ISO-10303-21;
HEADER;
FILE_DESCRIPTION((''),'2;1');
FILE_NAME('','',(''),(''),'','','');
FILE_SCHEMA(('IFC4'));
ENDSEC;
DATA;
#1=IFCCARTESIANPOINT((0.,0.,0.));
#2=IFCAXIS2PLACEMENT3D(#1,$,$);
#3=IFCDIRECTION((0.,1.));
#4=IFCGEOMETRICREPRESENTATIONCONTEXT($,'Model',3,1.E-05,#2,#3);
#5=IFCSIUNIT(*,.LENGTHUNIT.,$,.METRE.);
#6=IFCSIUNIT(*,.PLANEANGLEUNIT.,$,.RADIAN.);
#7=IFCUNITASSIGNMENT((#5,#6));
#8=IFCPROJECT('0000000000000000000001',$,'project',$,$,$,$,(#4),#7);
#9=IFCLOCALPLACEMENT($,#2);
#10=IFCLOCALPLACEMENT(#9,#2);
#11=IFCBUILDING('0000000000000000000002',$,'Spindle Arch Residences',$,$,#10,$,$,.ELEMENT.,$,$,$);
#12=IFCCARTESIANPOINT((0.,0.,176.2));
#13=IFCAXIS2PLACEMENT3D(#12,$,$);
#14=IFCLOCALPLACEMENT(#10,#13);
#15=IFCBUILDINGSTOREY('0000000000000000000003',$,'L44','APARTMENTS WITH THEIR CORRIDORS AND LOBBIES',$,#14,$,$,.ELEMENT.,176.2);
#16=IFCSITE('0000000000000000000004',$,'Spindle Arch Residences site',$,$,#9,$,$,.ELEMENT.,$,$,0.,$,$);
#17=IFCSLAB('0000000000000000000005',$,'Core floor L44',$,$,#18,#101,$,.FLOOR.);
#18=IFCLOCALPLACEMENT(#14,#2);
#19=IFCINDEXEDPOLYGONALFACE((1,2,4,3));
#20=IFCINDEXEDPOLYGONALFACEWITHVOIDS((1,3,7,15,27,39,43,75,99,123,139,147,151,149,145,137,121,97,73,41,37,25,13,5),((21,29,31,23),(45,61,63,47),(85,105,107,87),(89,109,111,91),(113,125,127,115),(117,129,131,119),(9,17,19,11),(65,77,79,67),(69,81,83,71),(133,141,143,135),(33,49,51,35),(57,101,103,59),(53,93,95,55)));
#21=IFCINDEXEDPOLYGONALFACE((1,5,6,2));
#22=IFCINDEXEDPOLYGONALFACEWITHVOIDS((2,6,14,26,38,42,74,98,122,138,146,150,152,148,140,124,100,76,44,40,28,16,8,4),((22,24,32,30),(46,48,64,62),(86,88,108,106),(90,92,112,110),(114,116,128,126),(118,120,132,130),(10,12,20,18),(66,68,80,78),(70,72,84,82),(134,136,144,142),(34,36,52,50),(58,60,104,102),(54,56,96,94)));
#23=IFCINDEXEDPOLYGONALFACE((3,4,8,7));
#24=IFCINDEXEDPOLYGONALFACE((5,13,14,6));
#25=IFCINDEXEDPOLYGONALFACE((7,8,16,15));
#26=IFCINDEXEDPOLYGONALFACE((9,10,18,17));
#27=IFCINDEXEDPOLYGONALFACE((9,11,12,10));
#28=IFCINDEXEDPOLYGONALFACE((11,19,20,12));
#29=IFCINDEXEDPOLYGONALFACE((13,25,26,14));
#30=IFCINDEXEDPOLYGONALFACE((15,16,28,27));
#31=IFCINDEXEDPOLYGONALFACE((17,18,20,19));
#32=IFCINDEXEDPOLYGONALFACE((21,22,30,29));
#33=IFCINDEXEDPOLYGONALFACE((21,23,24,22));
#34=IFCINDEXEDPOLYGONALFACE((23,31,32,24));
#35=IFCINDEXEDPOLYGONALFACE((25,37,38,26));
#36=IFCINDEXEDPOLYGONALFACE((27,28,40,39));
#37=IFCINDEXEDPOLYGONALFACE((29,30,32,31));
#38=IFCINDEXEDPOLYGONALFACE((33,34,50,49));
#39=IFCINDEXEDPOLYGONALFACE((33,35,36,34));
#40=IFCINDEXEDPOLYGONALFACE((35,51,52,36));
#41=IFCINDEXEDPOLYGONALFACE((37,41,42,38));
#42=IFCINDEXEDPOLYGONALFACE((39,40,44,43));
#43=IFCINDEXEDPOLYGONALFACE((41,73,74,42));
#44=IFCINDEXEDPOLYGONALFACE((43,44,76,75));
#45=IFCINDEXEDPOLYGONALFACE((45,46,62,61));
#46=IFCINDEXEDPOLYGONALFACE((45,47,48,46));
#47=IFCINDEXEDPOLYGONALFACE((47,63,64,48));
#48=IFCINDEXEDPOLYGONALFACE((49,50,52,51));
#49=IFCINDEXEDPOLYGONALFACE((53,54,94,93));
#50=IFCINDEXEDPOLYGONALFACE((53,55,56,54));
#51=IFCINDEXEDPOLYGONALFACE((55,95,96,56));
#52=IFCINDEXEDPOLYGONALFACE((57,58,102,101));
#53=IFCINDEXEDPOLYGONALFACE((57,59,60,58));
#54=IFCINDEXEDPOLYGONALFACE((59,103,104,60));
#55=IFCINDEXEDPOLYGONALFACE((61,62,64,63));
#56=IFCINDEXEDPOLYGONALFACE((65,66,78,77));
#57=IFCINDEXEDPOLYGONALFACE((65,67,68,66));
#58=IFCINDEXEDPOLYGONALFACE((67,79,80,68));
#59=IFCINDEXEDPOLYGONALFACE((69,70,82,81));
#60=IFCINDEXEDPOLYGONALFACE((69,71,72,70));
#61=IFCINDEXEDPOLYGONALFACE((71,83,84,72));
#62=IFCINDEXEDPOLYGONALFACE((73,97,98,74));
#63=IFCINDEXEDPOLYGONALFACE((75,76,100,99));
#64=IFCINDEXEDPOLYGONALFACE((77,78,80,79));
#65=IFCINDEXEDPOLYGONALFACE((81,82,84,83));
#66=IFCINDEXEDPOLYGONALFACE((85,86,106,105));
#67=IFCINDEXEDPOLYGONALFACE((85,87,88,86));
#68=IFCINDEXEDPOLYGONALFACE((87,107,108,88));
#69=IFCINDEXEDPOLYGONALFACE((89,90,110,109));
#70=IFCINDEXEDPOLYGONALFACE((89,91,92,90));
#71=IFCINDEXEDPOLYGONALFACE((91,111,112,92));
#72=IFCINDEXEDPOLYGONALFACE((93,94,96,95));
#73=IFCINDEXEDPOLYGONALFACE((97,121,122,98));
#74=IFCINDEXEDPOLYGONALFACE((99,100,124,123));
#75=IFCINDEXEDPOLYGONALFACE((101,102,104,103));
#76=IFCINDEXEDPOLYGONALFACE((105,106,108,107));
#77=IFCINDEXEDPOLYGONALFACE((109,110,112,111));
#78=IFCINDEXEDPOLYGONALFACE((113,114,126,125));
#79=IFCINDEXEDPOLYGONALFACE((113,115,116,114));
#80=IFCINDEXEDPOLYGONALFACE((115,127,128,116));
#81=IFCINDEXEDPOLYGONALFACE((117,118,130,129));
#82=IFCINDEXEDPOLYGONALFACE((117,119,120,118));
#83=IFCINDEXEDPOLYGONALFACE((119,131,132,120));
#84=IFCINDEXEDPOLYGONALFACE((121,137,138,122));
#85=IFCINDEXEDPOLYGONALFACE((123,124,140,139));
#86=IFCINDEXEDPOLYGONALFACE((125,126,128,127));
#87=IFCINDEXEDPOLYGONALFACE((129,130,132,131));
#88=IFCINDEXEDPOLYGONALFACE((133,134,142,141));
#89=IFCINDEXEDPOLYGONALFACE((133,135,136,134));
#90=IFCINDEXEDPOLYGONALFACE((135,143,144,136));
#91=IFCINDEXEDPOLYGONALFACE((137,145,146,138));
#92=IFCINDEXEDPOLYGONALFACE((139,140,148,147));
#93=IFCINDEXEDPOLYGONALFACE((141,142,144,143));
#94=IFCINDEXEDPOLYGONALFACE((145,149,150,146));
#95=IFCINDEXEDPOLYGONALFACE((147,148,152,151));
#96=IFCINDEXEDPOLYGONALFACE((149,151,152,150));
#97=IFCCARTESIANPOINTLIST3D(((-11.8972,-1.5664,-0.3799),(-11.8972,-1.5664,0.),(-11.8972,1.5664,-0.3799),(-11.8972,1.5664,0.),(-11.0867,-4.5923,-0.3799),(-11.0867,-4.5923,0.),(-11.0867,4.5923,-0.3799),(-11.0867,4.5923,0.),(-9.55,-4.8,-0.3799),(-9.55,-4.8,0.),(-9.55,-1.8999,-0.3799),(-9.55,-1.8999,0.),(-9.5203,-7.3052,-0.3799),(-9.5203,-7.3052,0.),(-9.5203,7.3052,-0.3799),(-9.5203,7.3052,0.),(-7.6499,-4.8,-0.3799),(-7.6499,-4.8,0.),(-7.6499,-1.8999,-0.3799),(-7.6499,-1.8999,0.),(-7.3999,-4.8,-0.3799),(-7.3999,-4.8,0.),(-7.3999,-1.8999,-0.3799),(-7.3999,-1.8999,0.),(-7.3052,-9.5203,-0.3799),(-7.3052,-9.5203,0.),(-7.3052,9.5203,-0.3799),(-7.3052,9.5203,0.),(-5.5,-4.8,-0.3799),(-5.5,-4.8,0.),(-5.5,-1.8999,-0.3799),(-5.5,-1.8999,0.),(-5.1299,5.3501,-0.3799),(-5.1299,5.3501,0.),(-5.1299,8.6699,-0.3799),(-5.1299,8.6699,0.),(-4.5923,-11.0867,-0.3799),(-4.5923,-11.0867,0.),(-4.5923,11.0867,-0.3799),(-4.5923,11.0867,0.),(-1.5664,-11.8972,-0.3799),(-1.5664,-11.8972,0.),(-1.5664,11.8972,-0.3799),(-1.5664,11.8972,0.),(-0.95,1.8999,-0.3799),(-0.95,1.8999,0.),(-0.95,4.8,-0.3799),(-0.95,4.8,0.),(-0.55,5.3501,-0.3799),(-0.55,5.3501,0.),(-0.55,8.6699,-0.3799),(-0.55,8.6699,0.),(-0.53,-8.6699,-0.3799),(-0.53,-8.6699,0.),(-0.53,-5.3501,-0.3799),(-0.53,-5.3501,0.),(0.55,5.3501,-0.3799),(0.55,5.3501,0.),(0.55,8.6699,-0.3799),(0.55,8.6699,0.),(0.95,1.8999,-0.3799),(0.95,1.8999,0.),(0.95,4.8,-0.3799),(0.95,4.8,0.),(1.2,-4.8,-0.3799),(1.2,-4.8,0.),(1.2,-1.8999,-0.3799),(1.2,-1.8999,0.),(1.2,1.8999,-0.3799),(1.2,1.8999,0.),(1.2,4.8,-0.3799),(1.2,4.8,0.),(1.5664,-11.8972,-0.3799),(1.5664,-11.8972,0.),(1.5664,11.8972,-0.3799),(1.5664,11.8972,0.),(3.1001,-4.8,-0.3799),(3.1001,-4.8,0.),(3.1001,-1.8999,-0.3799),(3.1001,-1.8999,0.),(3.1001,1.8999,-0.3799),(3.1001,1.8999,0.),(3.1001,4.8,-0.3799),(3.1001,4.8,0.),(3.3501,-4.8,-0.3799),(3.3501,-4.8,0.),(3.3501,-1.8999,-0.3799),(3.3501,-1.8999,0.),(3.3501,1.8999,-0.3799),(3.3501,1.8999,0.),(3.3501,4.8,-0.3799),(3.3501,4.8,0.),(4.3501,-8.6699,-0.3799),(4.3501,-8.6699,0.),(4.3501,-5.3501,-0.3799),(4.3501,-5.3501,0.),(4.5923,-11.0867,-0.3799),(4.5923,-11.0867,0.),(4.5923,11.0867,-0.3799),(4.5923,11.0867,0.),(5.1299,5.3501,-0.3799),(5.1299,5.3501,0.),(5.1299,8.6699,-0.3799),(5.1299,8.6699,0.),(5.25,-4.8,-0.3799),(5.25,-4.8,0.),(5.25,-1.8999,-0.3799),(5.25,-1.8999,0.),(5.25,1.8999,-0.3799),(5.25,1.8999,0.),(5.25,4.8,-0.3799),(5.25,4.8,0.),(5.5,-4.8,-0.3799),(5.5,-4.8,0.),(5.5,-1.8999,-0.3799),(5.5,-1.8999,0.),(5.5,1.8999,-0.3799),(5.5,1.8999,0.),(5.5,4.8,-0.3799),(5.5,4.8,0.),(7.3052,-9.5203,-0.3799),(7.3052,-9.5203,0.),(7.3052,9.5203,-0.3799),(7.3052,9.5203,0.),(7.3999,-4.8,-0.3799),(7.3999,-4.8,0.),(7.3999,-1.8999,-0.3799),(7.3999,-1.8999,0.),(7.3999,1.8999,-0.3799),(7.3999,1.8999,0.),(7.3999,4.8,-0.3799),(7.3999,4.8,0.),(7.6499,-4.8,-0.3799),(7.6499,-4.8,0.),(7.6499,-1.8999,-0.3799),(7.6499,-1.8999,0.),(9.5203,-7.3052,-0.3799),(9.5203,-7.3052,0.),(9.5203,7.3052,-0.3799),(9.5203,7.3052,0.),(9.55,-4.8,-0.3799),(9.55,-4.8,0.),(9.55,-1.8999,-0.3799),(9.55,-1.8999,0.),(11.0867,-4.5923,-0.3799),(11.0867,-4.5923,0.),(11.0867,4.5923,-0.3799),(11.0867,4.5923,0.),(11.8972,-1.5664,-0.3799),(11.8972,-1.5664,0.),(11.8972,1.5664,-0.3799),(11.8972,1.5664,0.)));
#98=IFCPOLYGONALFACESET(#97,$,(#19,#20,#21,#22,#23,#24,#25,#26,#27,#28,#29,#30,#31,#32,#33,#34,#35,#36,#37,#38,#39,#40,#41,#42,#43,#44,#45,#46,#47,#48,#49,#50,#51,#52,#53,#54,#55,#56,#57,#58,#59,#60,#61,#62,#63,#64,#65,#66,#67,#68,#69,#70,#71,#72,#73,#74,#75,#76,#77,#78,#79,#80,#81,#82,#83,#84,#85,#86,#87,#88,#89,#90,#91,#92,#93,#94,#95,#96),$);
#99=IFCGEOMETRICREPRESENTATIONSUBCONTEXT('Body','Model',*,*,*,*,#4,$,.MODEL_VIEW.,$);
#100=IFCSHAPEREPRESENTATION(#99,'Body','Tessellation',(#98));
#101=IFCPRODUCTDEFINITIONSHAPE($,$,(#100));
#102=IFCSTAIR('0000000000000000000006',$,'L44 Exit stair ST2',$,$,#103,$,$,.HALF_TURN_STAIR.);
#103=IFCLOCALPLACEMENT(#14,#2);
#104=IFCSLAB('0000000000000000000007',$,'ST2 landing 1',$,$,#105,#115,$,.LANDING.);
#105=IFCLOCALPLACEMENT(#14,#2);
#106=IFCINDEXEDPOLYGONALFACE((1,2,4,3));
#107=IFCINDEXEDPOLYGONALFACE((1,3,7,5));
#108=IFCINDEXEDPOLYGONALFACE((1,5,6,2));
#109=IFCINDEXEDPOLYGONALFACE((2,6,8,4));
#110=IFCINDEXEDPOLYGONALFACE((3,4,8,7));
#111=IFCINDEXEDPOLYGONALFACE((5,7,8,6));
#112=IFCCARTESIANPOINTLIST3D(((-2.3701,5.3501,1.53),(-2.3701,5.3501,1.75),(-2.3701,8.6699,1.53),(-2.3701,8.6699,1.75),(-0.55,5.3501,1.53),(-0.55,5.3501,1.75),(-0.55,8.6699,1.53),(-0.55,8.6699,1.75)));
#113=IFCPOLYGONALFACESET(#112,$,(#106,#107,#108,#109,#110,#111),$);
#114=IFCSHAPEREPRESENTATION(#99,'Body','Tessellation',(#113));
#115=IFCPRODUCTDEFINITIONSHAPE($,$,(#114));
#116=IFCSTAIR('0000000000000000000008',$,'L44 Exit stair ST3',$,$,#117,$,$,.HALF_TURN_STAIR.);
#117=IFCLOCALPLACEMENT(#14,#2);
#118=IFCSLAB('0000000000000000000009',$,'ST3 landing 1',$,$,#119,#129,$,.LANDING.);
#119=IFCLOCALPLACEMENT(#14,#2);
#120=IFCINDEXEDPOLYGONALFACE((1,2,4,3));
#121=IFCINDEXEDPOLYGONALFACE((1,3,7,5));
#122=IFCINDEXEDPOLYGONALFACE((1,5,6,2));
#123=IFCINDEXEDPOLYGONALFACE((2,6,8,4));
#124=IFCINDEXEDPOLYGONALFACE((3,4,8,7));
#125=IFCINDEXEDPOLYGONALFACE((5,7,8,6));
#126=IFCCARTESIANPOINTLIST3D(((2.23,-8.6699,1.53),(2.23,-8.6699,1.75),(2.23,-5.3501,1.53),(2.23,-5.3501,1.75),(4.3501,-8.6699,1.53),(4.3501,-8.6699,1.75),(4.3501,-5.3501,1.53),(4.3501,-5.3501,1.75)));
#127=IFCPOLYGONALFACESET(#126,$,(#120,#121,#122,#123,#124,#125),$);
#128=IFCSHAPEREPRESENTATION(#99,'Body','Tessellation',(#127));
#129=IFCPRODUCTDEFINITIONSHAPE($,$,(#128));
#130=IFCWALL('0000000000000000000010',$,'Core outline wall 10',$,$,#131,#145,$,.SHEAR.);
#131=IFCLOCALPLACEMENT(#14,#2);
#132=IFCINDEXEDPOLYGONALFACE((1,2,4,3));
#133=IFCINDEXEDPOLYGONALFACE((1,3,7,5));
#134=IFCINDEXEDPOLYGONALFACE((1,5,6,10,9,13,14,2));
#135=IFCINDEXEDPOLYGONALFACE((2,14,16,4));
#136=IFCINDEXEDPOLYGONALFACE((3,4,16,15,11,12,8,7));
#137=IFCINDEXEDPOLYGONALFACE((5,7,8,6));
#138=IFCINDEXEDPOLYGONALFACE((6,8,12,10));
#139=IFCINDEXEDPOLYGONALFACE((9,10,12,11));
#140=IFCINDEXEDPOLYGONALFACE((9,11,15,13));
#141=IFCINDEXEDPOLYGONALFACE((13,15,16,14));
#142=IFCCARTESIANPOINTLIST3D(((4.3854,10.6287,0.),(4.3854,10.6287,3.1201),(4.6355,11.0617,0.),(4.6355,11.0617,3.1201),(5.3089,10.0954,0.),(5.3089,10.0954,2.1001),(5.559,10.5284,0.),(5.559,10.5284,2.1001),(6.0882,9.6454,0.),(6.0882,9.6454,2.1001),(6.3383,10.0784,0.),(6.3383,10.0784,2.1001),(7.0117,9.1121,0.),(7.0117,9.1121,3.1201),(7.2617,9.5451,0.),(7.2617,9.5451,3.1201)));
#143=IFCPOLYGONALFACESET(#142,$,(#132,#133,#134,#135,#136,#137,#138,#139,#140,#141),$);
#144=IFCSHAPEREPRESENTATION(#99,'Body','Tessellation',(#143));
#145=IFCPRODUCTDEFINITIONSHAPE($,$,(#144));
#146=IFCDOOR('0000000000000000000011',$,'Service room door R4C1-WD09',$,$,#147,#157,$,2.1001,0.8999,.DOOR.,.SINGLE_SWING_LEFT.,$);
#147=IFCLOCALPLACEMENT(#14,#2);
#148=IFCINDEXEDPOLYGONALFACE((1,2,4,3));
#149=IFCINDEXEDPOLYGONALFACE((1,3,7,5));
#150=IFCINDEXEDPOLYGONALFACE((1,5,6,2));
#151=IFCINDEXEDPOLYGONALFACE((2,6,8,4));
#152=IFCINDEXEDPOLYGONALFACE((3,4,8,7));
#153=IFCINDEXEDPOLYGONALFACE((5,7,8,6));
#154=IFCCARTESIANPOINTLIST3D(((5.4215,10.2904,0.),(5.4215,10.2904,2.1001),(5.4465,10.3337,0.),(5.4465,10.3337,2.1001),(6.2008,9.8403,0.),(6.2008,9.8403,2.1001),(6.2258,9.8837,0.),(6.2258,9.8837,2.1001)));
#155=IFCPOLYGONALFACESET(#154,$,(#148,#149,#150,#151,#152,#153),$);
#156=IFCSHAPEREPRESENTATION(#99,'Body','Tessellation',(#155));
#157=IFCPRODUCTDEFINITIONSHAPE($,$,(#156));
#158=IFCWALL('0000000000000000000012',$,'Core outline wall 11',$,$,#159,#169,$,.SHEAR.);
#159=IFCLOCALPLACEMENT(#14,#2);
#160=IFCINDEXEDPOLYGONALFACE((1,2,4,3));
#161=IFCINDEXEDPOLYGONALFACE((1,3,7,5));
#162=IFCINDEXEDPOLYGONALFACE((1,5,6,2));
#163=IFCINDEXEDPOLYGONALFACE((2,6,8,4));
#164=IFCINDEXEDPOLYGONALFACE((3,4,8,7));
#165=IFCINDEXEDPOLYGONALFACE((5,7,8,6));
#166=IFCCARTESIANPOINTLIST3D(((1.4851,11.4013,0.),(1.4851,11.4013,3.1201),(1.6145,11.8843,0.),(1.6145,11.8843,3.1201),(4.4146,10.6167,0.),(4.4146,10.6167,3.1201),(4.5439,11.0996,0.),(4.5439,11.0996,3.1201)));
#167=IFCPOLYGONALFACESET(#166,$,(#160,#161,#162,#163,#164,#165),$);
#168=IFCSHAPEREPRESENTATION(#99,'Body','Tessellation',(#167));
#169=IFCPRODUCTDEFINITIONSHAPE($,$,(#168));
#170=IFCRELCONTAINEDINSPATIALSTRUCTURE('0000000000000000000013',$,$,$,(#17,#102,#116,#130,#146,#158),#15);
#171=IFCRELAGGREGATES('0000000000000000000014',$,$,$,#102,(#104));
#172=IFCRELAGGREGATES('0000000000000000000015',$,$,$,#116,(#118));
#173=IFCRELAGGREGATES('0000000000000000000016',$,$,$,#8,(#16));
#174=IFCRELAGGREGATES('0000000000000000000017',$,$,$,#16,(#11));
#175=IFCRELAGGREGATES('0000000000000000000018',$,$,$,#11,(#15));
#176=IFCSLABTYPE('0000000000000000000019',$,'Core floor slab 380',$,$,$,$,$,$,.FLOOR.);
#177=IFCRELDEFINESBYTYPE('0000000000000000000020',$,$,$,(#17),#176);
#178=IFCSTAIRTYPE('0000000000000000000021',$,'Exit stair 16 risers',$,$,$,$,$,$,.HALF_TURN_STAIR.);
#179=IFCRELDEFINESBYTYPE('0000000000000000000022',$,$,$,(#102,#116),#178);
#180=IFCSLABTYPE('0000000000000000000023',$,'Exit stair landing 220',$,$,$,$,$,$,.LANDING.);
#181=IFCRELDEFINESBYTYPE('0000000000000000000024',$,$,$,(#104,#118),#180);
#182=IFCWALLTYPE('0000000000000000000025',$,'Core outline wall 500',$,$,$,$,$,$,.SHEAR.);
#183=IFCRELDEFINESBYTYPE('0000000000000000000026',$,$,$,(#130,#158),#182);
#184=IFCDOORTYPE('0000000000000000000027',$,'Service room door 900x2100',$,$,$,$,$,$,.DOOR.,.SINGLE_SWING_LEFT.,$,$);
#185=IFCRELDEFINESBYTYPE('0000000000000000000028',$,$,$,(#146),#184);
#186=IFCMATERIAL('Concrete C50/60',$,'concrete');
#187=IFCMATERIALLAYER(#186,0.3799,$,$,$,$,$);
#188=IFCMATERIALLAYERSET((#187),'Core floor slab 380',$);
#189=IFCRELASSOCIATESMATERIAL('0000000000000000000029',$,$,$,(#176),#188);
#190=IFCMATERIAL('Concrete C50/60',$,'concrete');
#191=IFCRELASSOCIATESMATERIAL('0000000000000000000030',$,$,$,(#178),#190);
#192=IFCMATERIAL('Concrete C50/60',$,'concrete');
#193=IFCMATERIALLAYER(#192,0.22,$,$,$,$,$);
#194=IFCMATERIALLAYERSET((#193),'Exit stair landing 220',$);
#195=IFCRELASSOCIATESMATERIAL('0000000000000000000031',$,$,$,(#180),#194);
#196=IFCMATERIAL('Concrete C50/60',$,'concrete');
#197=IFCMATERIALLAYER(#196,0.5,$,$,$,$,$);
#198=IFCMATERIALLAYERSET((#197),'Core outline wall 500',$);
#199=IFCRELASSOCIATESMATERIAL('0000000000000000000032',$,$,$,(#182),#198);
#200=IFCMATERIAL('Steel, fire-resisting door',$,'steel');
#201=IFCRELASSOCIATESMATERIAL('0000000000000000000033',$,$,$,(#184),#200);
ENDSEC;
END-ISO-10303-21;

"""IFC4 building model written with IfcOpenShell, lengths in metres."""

from ifc_helpers import new_model, si_unit, direction, frame, frame_2d, origin, place, context, subcontext, project, spatial, polyline, rectangle, outline, extrude, material, layer, layer_set, type_object, element, fill, aggregate, save


model = new_model("IFC4")

# Units and contexts
model_context = context("Model", 3, precision=1e-05, world=origin(), true_north=direction((0.0, 1.0)))
body_context = subcontext(model_context, "Body", "Model", "MODEL_VIEW")
ifc_project = project(units=[si_unit("LENGTHUNIT", "METRE"), si_unit("PLANEANGLEUNIT", "RADIAN")], contexts=[model_context])

# Site, building, storey
site_placement = place(None, origin())
site = spatial("IfcSite", under=ifc_project, at=site_placement, Name="Spindle Arch Residences site", CompositionType="ELEMENT", RefElevation=0.0)
building_placement = place(site_placement, origin())
building = spatial("IfcBuilding", under=site, at=building_placement, Name="Spindle Arch Residences", CompositionType="ELEMENT")
storey_placement = place(building_placement, frame((0.0, 0.0, 176.2)))
storey = spatial("IfcBuildingStorey", under=building, at=storey_placement, Name="L44", Description="APARTMENTS WITH THEIR CORRIDORS AND LOBBIES", CompositionType="ELEMENT", Elevation=176.2)

# Slab
ifc_material_1 = material(Name="Concrete C50/60", Category="concrete")
ifc_layer_1 = layer(ifc_material_1, 0.3799)
ifc_layer_set_1 = layer_set([ifc_layer_1], Name="Core floor slab 380")
slab_type_1 = type_object("IfcSlabType", Name="Core floor slab 380", PredefinedType="FLOOR", material=ifc_layer_set_1)
slab_1_placement = place(storey_placement, frame((0.0, 0.0, -0.3799)))
element("IfcSlab", 1, at=slab_1_placement, inside=storey, type_object=slab_type_1, Name="Core floor L44", PredefinedType="FLOOR", context=body_context, shape_type="SweptSolid", body=[
    extrude(outline(polyline([(1.5664, -11.8972), (4.5923, -11.0867), (7.3052, -9.5203), (9.5203, -7.3052), (11.0867, -4.5923), (11.8972, -1.5664), (11.8972, 1.5664), (11.0867, 4.5923), (9.5203, 7.3052), (7.3052, 9.5203), (4.5923, 11.0867), (1.5664, 11.8972), (-1.5664, 11.8972), (-4.5923, 11.0867), (-7.3052, 9.5203), (-9.5203, 7.3052), (-11.0867, 4.5923), (-11.8972, 1.5664), (-11.8972, -1.5664), (-11.0867, -4.5923), (-9.5203, -7.3052), (-7.3052, -9.5203), (-4.5923, -11.0867), (-1.5664, -11.8972), (1.5664, -11.8972)]), holes=[polyline([(-0.95, 1.8999), (0.95, 1.8999), (0.95, 4.8), (-0.95, 4.8), (-0.95, 1.8999)]), polyline([(1.2, 1.8999), (3.1001, 1.8999), (3.1001, 4.8), (1.2, 4.8), (1.2, 1.8999)]), polyline([(3.3501, 1.8999), (5.25, 1.8999), (5.25, 4.8), (3.3501, 4.8), (3.3501, 1.8999)]), polyline([(5.5, 1.8999), (7.3999, 1.8999), (7.3999, 4.8), (5.5, 4.8), (5.5, 1.8999)]), polyline([(-9.55, -4.8), (-7.6499, -4.8), (-7.6499, -1.8999), (-9.55, -1.8999), (-9.55, -4.8)]), polyline([(-7.3999, -4.8), (-5.5, -4.8), (-5.5, -1.8999), (-7.3999, -1.8999), (-7.3999, -4.8)]), polyline([(1.2, -4.8), (3.1001, -4.8), (3.1001, -1.8999), (1.2, -1.8999), (1.2, -4.8)]), polyline([(3.3501, -4.8), (5.25, -4.8), (5.25, -1.8999), (3.3501, -1.8999), (3.3501, -4.8)]), polyline([(5.5, -4.8), (7.3999, -4.8), (7.3999, -1.8999), (5.5, -1.8999), (5.5, -4.8)]), polyline([(7.6499, -4.8), (9.55, -4.8), (9.55, -1.8999), (7.6499, -1.8999), (7.6499, -4.8)]), polyline([(5.1299, 8.6699), (0.55, 8.6699), (0.55, 5.3501), (5.1299, 5.3501), (5.1299, 8.6699)]), polyline([(-5.1299, 5.3501), (-0.55, 5.3501), (-0.55, 8.6699), (-5.1299, 8.6699), (-5.1299, 5.3501)]), polyline([(-0.53, -8.6699), (4.3501, -8.6699), (4.3501, -5.3501), (-0.53, -5.3501), (-0.53, -8.6699)])]), origin(), (0.0, 0.0, 1.0), 0.3799),
])

# Stairs, slabs
ifc_material_2 = material(Name="Concrete C50/60", Category="concrete")
stair_type = type_object("IfcStairType", Name="Exit stair 16 risers", PredefinedType="HALF_TURN_STAIR", material=ifc_material_2)
stair_1_placement = place(storey_placement, origin())
stair_1 = element("IfcStair", 2, at=stair_1_placement, inside=storey, type_object=stair_type, Name="L44 Exit stair ST2", PredefinedType="HALF_TURN_STAIR")
ifc_material_3 = material(Name="Concrete C50/60", Category="concrete")
ifc_layer_2 = layer(ifc_material_3, 0.22)
ifc_layer_set_2 = layer_set([ifc_layer_2], Name="Exit stair landing 220")
slab_type_2 = type_object("IfcSlabType", Name="Exit stair landing 220", PredefinedType="LANDING", material=ifc_layer_set_2)
slab_2_placement = place(storey_placement, frame((0.0, 0.0, 1.53)))
slab_2 = element("IfcSlab", 3, at=slab_2_placement, type_object=slab_type_2, Name="ST2 landing 1", PredefinedType="LANDING", context=body_context, shape_type="SweptSolid", body=[
    extrude(outline(polyline([(-2.3701, 5.3501), (-0.55, 5.3501), (-0.55, 8.6699), (-2.3701, 8.6699), (-2.3701, 5.3501)])), origin(), (0.0, 0.0, 1.0), 0.22),
])
aggregate(stair_1, [slab_2])
stair_2_placement = place(storey_placement, origin())
stair_2 = element("IfcStair", 4, at=stair_2_placement, inside=storey, type_object=stair_type, Name="L44 Exit stair ST3", PredefinedType="HALF_TURN_STAIR")
slab_3_placement = place(storey_placement, frame((0.0, 0.0, 1.53)))
slab_3 = element("IfcSlab", 5, at=slab_3_placement, type_object=slab_type_2, Name="ST3 landing 1", PredefinedType="LANDING", context=body_context, shape_type="SweptSolid", body=[
    extrude(outline(polyline([(2.23, -8.6699), (4.3501, -8.6699), (4.3501, -5.3501), (2.23, -5.3501), (2.23, -8.6699)])), origin(), (0.0, 0.0, 1.0), 0.22),
])
aggregate(stair_2, [slab_3])

# Wall, opening, door
ifc_material_4 = material(Name="Concrete C50/60", Category="concrete")
ifc_layer_3 = layer(ifc_material_4, 0.5)
ifc_layer_set_3 = layer_set([ifc_layer_3], Name="Core outline wall 500")
wall_type_1 = type_object("IfcWallType", Name="Core outline wall 500", PredefinedType="SHEAR", material=ifc_layer_set_3)
wall_1_placement = place(storey_placement, frame((7.1367, 9.3286, 0.0), z_axis=(0.0, 0.0, 1.0), x_axis=(-0.865975, 0.500087, 0.0)))
wall_1 = element("IfcWall", 6, at=wall_1_placement, inside=storey, type_object=wall_type_1, Name="Core outline wall 10", PredefinedType="SHEAR", context=body_context, shape_type="SweptSolid", body=[
    extrude(rectangle(XDim=3.0327, YDim=0.5, at=frame_2d((1.5164, 0.0))), origin(), (0.0, 0.0, 1.0), 3.1201),
])
opening_1_placement = place(wall_1_placement, frame((1.0664, 0.0, 0.0)))
opening_1 = element("IfcOpeningElement", 7, at=opening_1_placement, cuts=wall_1, PredefinedType="OPENING", context=body_context, shape_type="SweptSolid", body=[
    extrude(rectangle(XDim=0.8999, YDim=2.1001, at=frame_2d((0.45, 1.05))), frame((0.0, 0.26, 0.0), z_axis=(0.0, -1.0, 0.0), x_axis=(1.0, 0.0, 0.0)), (0.0, 0.0, 1.0), 0.52),
])
ifc_material_5 = material(Name="Steel, fire-resisting door", Category="steel")
door_type_1 = type_object("IfcDoorType", Name="Service room door 900x2100", OperationType="SINGLE_SWING_LEFT", PredefinedType="DOOR", material=ifc_material_5)
door_1_placement = place(opening_1_placement, origin())
door_1 = element("IfcDoor", 8, at=door_1_placement, inside=storey, type_object=door_type_1, Name="Service room door R4C1-WD09", OperationType="SINGLE_SWING_LEFT", OverallHeight=2.1001, OverallWidth=0.8999, PredefinedType="DOOR", context=body_context, shape_type="SweptSolid", body=[
    extrude(rectangle(XDim=0.8999, YDim=2.1001, at=frame_2d((0.45, 1.05))), frame((0.0, 0.0249, 0.0), z_axis=(0.0, -1.0, 0.0), x_axis=(1.0, 0.0, 0.0)), (0.0, 0.0, 1.0), 0.05),
])
fill(opening_1, door_1)

# Wall
wall_2_placement = place(storey_placement, frame((4.4792, 10.8582, 0.0), z_axis=(0.0, 0.0, 1.0), x_axis=(-0.965948, 0.258735, 0.0)))
element("IfcWall", 9, at=wall_2_placement, inside=storey, type_object=wall_type_1, Name="Core outline wall 11", PredefinedType="SHEAR", context=body_context, shape_type="SweptSolid", body=[
    extrude(rectangle(XDim=3.0327, YDim=0.5, at=frame_2d((1.5164, 0.0))), origin(), (0.0, 0.0, 1.0), 3.1201),
])

save(model, "model.ifc")
